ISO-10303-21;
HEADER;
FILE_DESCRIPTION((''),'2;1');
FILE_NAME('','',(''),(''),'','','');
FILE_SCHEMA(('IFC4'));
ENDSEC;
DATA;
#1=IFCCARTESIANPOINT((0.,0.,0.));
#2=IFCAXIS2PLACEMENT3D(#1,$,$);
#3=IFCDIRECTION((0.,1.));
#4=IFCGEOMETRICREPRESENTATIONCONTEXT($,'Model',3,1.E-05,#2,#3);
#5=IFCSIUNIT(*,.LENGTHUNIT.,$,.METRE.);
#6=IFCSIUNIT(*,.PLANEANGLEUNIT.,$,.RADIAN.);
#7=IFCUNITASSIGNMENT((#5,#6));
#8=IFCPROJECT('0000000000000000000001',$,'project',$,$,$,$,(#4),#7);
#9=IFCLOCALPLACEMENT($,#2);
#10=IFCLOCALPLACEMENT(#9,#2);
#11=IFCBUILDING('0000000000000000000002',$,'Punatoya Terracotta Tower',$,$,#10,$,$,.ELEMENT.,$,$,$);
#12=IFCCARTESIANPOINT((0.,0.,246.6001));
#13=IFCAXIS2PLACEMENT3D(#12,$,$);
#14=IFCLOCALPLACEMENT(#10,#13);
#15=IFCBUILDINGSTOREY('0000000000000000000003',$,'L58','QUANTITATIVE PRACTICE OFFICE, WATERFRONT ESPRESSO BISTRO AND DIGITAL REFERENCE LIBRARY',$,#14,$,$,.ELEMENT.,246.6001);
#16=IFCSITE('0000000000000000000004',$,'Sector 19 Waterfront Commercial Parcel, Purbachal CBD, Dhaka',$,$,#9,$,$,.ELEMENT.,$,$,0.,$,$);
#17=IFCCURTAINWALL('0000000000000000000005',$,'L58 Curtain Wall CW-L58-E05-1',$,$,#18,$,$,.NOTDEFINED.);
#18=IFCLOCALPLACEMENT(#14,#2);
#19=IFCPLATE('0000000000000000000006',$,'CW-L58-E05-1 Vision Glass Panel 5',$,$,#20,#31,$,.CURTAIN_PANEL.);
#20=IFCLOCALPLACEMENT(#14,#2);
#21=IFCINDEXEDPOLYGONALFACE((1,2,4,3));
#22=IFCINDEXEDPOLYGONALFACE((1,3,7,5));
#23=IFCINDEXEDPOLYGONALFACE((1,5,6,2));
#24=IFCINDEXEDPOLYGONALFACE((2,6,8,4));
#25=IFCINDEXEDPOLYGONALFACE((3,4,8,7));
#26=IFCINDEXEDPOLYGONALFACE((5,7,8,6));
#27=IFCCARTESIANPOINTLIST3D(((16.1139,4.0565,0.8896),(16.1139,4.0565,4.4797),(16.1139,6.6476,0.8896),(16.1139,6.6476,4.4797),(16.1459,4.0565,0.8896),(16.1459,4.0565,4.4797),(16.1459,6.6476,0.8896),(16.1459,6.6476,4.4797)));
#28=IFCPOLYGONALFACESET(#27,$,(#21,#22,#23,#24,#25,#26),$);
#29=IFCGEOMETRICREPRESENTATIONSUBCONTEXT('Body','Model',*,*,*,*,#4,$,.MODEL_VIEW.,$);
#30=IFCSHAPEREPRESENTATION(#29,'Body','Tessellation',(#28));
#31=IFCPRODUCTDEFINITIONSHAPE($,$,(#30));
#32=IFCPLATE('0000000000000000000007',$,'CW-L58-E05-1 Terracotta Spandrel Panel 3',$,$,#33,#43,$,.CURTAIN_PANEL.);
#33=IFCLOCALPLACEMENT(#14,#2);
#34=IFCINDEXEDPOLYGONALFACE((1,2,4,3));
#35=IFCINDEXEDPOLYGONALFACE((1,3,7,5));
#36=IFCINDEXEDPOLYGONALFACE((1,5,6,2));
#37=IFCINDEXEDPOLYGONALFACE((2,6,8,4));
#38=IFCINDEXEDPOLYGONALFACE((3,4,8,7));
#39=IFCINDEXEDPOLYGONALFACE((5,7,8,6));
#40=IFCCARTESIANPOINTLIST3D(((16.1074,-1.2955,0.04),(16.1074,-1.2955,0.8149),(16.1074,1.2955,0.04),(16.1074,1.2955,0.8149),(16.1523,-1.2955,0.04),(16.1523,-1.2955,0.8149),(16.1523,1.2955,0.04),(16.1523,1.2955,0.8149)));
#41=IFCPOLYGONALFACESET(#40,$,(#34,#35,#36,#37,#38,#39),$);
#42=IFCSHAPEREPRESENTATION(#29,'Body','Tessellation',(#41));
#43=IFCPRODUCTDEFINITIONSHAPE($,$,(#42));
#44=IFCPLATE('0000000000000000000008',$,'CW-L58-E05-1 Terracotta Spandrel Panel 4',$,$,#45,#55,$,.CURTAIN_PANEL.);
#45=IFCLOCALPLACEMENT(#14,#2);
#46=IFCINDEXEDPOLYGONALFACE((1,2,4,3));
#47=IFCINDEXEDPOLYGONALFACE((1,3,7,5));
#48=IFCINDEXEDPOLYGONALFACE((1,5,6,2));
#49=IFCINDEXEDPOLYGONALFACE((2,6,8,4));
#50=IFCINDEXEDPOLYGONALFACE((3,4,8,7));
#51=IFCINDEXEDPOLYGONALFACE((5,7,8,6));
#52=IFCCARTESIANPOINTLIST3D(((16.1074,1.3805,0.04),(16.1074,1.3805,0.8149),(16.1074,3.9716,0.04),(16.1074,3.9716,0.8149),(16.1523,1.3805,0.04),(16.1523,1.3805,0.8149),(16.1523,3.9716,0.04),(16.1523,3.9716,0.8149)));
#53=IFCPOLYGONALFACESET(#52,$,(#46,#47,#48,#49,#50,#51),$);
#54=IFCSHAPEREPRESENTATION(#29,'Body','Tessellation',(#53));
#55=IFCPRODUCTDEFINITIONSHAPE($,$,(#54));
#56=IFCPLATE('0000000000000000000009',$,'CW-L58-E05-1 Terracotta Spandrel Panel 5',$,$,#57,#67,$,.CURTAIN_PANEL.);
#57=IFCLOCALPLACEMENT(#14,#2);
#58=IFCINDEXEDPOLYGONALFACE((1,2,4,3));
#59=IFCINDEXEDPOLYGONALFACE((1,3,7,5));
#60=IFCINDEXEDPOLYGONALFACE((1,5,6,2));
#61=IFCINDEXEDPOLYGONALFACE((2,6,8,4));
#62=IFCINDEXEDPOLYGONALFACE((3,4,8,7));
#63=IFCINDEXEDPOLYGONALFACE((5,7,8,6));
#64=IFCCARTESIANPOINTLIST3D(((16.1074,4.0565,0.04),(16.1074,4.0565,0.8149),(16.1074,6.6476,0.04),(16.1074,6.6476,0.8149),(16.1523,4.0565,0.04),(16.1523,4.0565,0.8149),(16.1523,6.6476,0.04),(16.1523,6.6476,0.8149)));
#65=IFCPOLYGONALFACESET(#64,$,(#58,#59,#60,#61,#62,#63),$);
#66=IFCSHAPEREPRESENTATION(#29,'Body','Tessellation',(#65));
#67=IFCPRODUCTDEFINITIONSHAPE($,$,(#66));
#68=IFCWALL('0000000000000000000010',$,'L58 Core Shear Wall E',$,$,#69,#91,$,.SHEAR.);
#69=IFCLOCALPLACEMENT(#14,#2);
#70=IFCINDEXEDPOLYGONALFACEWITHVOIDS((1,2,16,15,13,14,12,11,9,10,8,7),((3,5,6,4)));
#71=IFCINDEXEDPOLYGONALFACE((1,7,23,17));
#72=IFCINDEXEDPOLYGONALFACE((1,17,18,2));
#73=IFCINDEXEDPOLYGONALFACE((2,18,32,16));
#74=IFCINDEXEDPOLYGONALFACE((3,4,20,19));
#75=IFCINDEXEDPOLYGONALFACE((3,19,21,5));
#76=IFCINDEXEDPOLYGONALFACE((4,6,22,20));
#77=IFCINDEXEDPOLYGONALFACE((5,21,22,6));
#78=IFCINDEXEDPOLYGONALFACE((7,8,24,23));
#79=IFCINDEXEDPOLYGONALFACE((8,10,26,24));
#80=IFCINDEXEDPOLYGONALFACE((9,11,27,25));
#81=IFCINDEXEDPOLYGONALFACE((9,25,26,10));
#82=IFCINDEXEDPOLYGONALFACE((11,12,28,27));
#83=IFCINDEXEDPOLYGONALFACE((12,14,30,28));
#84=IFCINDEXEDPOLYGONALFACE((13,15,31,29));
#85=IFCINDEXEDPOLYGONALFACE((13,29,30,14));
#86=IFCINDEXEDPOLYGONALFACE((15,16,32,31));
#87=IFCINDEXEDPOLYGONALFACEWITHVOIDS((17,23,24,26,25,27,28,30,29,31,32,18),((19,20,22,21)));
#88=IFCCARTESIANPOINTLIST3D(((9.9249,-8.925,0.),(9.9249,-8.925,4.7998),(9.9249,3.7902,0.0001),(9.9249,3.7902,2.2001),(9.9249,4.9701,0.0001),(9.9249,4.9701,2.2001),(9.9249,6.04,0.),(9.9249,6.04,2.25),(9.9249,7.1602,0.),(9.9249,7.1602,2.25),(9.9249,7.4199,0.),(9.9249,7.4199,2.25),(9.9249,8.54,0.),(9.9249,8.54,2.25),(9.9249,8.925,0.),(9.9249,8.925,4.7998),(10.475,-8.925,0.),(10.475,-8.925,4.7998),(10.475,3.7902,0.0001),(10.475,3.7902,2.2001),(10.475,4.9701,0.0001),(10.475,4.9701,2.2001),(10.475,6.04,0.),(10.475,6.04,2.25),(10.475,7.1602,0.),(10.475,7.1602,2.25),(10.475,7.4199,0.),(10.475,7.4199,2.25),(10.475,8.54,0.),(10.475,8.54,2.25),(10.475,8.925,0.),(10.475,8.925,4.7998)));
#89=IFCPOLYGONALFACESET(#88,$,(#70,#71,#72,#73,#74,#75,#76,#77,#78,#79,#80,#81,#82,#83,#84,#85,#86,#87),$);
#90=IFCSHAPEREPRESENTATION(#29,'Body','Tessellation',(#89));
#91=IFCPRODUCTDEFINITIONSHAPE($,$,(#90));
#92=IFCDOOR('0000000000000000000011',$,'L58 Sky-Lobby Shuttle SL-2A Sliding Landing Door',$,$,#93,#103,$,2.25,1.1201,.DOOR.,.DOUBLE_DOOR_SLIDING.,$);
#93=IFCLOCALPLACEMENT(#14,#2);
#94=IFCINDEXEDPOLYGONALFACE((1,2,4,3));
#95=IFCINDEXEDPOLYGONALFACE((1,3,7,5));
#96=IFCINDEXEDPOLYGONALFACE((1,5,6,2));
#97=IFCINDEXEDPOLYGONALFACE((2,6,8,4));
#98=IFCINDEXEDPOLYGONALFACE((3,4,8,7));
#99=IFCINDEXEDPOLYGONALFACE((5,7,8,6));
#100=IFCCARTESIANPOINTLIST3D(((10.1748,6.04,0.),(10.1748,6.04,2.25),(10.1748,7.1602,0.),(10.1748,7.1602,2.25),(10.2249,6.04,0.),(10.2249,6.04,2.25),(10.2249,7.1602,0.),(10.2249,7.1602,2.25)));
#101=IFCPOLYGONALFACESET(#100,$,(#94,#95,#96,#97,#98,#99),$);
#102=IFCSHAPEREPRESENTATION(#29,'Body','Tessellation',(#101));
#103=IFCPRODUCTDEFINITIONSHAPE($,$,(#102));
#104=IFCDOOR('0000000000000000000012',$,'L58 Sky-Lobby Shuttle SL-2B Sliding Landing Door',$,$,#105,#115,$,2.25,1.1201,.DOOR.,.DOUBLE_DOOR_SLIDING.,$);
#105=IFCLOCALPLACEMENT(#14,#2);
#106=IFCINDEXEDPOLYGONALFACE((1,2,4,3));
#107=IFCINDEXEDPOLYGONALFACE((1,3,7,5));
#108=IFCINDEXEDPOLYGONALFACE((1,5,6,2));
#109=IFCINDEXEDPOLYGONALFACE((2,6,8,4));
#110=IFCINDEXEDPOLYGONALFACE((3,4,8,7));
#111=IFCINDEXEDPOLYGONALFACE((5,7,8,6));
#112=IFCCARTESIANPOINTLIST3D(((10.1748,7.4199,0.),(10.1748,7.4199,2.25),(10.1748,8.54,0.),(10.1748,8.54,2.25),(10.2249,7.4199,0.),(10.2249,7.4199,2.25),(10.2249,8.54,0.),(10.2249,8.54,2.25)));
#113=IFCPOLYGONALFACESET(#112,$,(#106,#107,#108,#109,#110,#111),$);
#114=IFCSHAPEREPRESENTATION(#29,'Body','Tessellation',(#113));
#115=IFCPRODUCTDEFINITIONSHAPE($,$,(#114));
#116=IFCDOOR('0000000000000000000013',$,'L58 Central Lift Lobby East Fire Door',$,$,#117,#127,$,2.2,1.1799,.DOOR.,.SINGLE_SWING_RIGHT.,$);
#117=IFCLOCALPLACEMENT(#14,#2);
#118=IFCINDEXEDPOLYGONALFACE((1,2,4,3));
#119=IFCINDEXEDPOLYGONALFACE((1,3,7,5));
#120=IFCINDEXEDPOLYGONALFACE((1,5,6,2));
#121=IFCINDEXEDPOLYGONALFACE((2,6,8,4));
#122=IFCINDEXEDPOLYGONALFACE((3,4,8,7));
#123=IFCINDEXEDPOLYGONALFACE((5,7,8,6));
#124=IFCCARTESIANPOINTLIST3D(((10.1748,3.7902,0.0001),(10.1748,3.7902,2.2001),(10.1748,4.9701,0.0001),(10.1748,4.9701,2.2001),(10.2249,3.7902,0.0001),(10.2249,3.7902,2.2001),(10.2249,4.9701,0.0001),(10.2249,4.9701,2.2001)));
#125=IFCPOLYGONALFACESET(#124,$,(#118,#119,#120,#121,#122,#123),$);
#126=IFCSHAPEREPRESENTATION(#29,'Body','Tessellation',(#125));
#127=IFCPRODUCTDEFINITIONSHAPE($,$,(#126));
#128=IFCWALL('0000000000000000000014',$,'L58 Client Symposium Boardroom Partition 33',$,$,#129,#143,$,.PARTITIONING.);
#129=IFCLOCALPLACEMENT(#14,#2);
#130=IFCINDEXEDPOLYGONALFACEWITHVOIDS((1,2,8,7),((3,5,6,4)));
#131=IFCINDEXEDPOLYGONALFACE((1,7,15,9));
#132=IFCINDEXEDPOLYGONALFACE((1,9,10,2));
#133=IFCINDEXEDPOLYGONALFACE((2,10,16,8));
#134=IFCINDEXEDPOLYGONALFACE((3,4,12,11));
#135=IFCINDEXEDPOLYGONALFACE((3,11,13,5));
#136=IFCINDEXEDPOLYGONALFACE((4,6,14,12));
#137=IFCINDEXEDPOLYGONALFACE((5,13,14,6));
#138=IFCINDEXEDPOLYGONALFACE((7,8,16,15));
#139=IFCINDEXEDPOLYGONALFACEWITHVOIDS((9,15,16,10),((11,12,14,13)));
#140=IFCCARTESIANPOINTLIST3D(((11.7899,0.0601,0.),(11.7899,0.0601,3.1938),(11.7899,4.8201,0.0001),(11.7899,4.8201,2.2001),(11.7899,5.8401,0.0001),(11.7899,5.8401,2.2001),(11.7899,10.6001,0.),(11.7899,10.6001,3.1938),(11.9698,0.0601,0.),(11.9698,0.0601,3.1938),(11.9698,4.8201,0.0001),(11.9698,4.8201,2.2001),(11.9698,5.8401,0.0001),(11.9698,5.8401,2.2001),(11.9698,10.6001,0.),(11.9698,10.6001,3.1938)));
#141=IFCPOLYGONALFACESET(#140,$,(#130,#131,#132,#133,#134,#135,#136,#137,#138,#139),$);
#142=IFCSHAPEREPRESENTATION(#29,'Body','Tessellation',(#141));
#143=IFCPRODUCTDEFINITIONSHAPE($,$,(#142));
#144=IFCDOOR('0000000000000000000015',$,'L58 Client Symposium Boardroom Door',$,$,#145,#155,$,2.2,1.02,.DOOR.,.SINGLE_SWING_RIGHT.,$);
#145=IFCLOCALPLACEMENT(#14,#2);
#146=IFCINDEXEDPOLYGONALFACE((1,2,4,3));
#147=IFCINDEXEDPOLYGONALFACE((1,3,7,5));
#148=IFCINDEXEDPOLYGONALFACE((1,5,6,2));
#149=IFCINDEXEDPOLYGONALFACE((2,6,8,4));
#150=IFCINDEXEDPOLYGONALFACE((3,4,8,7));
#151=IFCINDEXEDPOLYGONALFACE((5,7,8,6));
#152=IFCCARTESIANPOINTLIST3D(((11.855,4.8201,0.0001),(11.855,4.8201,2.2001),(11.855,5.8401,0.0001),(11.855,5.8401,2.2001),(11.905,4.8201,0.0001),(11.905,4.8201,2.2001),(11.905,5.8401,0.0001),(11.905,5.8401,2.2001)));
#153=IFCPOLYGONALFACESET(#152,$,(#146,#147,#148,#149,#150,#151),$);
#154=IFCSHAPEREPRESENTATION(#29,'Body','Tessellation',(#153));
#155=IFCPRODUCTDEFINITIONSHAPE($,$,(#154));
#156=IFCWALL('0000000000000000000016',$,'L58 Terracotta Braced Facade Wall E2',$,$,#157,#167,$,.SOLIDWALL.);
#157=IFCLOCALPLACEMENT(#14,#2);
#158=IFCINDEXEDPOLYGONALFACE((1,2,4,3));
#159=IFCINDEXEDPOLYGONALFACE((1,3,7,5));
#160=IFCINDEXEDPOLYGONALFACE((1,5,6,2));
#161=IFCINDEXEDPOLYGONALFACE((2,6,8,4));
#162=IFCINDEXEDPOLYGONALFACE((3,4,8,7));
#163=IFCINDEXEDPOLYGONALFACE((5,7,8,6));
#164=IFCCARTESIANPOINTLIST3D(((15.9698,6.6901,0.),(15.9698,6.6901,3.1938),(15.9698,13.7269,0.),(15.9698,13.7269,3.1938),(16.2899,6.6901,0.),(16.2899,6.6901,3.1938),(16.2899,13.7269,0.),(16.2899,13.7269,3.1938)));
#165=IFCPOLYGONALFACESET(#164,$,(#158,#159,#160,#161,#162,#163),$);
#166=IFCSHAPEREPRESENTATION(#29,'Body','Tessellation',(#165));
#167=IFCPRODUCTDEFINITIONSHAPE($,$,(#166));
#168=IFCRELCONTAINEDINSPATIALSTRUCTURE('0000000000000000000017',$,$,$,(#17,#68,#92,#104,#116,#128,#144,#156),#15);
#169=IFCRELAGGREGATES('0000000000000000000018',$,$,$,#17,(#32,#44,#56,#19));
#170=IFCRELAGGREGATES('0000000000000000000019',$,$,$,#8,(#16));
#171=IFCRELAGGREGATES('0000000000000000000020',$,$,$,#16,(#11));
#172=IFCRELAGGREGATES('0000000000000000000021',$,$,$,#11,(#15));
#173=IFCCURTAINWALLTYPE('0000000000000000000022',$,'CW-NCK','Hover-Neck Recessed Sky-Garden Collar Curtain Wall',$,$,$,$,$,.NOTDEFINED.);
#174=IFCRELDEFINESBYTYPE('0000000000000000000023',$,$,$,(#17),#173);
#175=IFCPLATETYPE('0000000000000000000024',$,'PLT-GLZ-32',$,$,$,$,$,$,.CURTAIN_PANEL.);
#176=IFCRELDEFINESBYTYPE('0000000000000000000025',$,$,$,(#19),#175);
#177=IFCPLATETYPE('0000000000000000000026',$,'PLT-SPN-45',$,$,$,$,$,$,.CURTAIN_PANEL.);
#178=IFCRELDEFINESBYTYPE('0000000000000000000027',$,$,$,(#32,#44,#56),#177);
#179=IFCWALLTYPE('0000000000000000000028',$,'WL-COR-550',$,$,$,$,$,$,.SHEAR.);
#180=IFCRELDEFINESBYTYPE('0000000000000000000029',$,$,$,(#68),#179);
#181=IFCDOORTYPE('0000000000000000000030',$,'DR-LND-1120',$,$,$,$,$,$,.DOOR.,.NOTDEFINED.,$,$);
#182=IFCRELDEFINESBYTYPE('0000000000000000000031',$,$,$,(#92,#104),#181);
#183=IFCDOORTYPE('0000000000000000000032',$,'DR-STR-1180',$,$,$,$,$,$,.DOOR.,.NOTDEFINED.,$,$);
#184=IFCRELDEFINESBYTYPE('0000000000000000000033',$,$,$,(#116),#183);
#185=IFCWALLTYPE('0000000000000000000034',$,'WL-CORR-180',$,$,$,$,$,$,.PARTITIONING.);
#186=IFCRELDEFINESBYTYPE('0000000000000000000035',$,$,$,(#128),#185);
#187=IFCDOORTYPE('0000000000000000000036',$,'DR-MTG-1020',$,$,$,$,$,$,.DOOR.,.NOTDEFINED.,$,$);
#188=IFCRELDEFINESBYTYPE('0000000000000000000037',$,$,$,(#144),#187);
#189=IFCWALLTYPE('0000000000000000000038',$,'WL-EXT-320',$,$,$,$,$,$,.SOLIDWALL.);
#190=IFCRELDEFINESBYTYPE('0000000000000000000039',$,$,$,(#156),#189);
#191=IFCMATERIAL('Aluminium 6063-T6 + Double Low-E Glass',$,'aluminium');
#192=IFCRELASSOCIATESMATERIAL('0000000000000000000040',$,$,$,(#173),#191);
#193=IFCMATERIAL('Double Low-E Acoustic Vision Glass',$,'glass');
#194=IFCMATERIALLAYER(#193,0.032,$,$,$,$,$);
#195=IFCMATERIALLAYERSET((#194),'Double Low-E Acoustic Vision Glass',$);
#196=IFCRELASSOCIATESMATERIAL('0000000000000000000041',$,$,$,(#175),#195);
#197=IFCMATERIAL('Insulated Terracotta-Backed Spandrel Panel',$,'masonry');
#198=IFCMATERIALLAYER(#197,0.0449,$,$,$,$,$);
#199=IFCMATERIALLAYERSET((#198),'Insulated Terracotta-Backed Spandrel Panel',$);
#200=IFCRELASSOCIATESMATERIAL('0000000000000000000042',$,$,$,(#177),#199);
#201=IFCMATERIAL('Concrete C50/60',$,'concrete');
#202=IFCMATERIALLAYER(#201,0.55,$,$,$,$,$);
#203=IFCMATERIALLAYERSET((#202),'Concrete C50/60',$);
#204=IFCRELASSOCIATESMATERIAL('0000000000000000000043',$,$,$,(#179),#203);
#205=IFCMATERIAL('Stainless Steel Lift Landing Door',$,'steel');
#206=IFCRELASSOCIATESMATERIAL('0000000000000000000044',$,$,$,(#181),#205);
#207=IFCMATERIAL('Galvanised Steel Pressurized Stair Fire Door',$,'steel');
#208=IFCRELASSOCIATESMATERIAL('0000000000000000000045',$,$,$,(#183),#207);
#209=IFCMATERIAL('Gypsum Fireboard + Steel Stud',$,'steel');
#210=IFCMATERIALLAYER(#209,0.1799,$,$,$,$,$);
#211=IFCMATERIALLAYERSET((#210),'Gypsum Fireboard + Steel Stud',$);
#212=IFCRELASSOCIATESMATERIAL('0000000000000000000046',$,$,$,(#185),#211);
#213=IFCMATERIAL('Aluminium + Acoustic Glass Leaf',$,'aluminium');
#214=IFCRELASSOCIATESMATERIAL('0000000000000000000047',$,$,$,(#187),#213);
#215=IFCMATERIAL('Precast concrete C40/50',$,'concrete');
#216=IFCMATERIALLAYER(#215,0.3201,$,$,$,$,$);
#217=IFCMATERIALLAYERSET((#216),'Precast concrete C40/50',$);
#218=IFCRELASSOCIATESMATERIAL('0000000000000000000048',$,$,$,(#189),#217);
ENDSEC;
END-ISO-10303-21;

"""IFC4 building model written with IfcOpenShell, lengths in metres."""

from ifc_helpers import new_model, si_unit, direction, frame, frame_2d, origin, origin_2d, place, context, subcontext, project, spatial, rectangle, extrude, material, layer, layer_set, type_object, element, fill, aggregate, save


model = new_model("IFC4")

# Units and contexts
model_context = context("Model", 3, precision=1e-05, world=origin(), true_north=direction((0.0, 1.0)))
body_context = subcontext(model_context, "Body", "Model", "MODEL_VIEW")
ifc_project = project(units=[si_unit("LENGTHUNIT", "METRE"), si_unit("PLANEANGLEUNIT", "RADIAN")], contexts=[model_context])

# Site, building, storey
site_placement = place(None, origin())
site = spatial("IfcSite", under=ifc_project, at=site_placement, Name="Sector 19 Waterfront Commercial Parcel, Purbachal CBD, Dhaka", CompositionType="ELEMENT", RefElevation=0.0)
building_placement = place(site_placement, origin())
building = spatial("IfcBuilding", under=site, at=building_placement, Name="Punatoya Terracotta Tower", CompositionType="ELEMENT")
storey_placement = place(building_placement, frame((0.0, 0.0, 246.6001)))
storey = spatial("IfcBuildingStorey", under=building, at=storey_placement, Name="L58", Description="QUANTITATIVE PRACTICE OFFICE, WATERFRONT ESPRESSO BISTRO AND DIGITAL REFERENCE LIBRARY", CompositionType="ELEMENT", Elevation=246.6001)

# Curtain wall, plates
ifc_material_1 = material(Name="Aluminium 6063-T6 + Double Low-E Glass", Category="aluminium")
curtain_wall_type = type_object("IfcCurtainWallType", Name="CW-NCK", Description="Hover-Neck Recessed Sky-Garden Collar Curtain Wall", PredefinedType="NOTDEFINED", material=ifc_material_1)
curtain_wall_placement = place(storey_placement, origin())
curtain_wall = element("IfcCurtainWall", 1, at=curtain_wall_placement, inside=storey, type_object=curtain_wall_type, Name="L58 Curtain Wall CW-L58-E05-1", PredefinedType="NOTDEFINED")
ifc_material_2 = material(Name="Double Low-E Acoustic Vision Glass", Category="glass")
ifc_layer_1 = layer(ifc_material_2, 0.032)
ifc_layer_set_1 = layer_set([ifc_layer_1], Name="Double Low-E Acoustic Vision Glass")
plate_type_1 = type_object("IfcPlateType", Name="PLT-GLZ-32", PredefinedType="CURTAIN_PANEL", material=ifc_layer_set_1)
plate_1_placement = place(storey_placement, frame((16.1299, 5.3521, 0.8896), z_axis=(0.0, 0.0, 1.0), x_axis=(0.0, 1.0, 0.0)))
plate_1 = element("IfcPlate", 2, at=plate_1_placement, type_object=plate_type_1, Name="CW-L58-E05-1 Vision Glass Panel 5", PredefinedType="CURTAIN_PANEL", context=body_context, shape_type="SweptSolid", body=[
    extrude(rectangle(XDim=2.5911, YDim=0.032, at=origin_2d()), origin(), (0.0, 0.0, 1.0), 3.5901),
])
ifc_material_3 = material(Name="Insulated Terracotta-Backed Spandrel Panel", Category="masonry")
ifc_layer_2 = layer(ifc_material_3, 0.0449)
ifc_layer_set_2 = layer_set([ifc_layer_2], Name="Insulated Terracotta-Backed Spandrel Panel")
plate_type_2 = type_object("IfcPlateType", Name="PLT-SPN-45", PredefinedType="CURTAIN_PANEL", material=ifc_layer_set_2)
plate_2_placement = place(storey_placement, frame((16.1299, 0.0, 0.04), z_axis=(0.0, 0.0, 1.0), x_axis=(0.0, 1.0, 0.0)))
plate_2 = element("IfcPlate", 3, at=plate_2_placement, type_object=plate_type_2, Name="CW-L58-E05-1 Terracotta Spandrel Panel 3", PredefinedType="CURTAIN_PANEL", context=body_context, shape_type="SweptSolid", body=[
    extrude(rectangle(XDim=2.5911, YDim=0.0449, at=origin_2d()), origin(), (0.0, 0.0, 1.0), 0.7749),
])
plate_3_placement = place(storey_placement, frame((16.1299, 2.676, 0.04), z_axis=(0.0, 0.0, 1.0), x_axis=(0.0, 1.0, 0.0)))
plate_3 = element("IfcPlate", 4, at=plate_3_placement, type_object=plate_type_2, Name="CW-L58-E05-1 Terracotta Spandrel Panel 4", PredefinedType="CURTAIN_PANEL", context=body_context, shape_type="SweptSolid", body=[
    extrude(rectangle(XDim=2.5911, YDim=0.0449, at=origin_2d()), origin(), (0.0, 0.0, 1.0), 0.7749),
])
plate_4_placement = place(storey_placement, frame((16.1299, 5.3521, 0.04), z_axis=(0.0, 0.0, 1.0), x_axis=(0.0, 1.0, 0.0)))
plate_4 = element("IfcPlate", 5, at=plate_4_placement, type_object=plate_type_2, Name="CW-L58-E05-1 Terracotta Spandrel Panel 5", PredefinedType="CURTAIN_PANEL", context=body_context, shape_type="SweptSolid", body=[
    extrude(rectangle(XDim=2.5911, YDim=0.0449, at=origin_2d()), origin(), (0.0, 0.0, 1.0), 0.7749),
])
aggregate(curtain_wall, [plate_2, plate_3, plate_4, plate_1])

# Wall, openings, doors
ifc_material_4 = material(Name="Concrete C50/60", Category="concrete")
ifc_layer_3 = layer(ifc_material_4, 0.55)
ifc_layer_set_3 = layer_set([ifc_layer_3], Name="Concrete C50/60")
wall_type_1 = type_object("IfcWallType", Name="WL-COR-550", PredefinedType="SHEAR", material=ifc_layer_set_3)
wall_1_placement = place(storey_placement, frame((10.2, 8.925, 0.0), z_axis=(0.0, 0.0, 1.0), x_axis=(0.0, -1.0, 0.0)))
wall_1 = element("IfcWall", 6, at=wall_1_placement, inside=storey, type_object=wall_type_1, Name="L58 Core Shear Wall E", PredefinedType="SHEAR", context=body_context, shape_type="SweptSolid", body=[
    extrude(rectangle(XDim=17.8501, YDim=0.55, at=frame_2d((8.925, 0.0))), origin(), (0.0, 0.0, 1.0), 4.7998),
])
opening_1_placement = place(wall_1_placement, frame((3.9551, 0.0, 0.0)))
opening_1 = element("IfcOpeningElement", 7, at=opening_1_placement, cuts=wall_1, PredefinedType="OPENING", context=body_context, shape_type="SweptSolid", body=[
    extrude(rectangle(XDim=1.1799, YDim=2.2, at=frame_2d((0.5898, 1.1001))), frame((0.0, 0.2849, 0.0), z_axis=(0.0, -1.0, 0.0), x_axis=(1.0, 0.0, 0.0)), (0.0, 0.0, 1.0), 0.5701),
])
opening_2_placement = place(wall_1_placement, frame((1.7649, 0.0, 0.0)))
opening_2 = element("IfcOpeningElement", 8, at=opening_2_placement, cuts=wall_1, PredefinedType="OPENING", context=body_context, shape_type="SweptSolid", body=[
    extrude(rectangle(XDim=1.1201, YDim=2.25, at=frame_2d((0.5601, 1.125))), frame((0.0, 0.2849, 0.0), z_axis=(0.0, -1.0, 0.0), x_axis=(1.0, 0.0, 0.0)), (0.0, 0.0, 1.0), 0.5701),
])
opening_3_placement = place(wall_1_placement, frame((0.385, 0.0, 0.0)))
opening_3 = element("IfcOpeningElement", 9, at=opening_3_placement, cuts=wall_1, PredefinedType="OPENING", context=body_context, shape_type="SweptSolid", body=[
    extrude(rectangle(XDim=1.1201, YDim=2.25, at=frame_2d((0.5601, 1.125))), frame((0.0, 0.2849, 0.0), z_axis=(0.0, -1.0, 0.0), x_axis=(1.0, 0.0, 0.0)), (0.0, 0.0, 1.0), 0.5701),
])
ifc_material_5 = material(Name="Stainless Steel Lift Landing Door", Category="steel")
door_type_1 = type_object("IfcDoorType", Name="DR-LND-1120", OperationType="NOTDEFINED", PredefinedType="DOOR", material=ifc_material_5)
door_1_placement = place(opening_2_placement, origin())
door_1 = element("IfcDoor", 10, at=door_1_placement, inside=storey, type_object=door_type_1, Name="L58 Sky-Lobby Shuttle SL-2A Sliding Landing Door", OperationType="DOUBLE_DOOR_SLIDING", OverallHeight=2.25, OverallWidth=1.1201, PredefinedType="DOOR", context=body_context, shape_type="SweptSolid", body=[
    extrude(rectangle(XDim=1.1201, YDim=2.25, at=frame_2d((0.5601, 1.125))), frame((0.0, 0.0249, 0.0), z_axis=(0.0, -1.0, 0.0), x_axis=(1.0, 0.0, 0.0)), (0.0, 0.0, 1.0), 0.05),
])
fill(opening_2, door_1)
door_2_placement = place(opening_3_placement, origin())
door_2 = element("IfcDoor", 11, at=door_2_placement, inside=storey, type_object=door_type_1, Name="L58 Sky-Lobby Shuttle SL-2B Sliding Landing Door", OperationType="DOUBLE_DOOR_SLIDING", OverallHeight=2.25, OverallWidth=1.1201, PredefinedType="DOOR", context=body_context, shape_type="SweptSolid", body=[
    extrude(rectangle(XDim=1.1201, YDim=2.25, at=frame_2d((0.5601, 1.125))), frame((0.0, 0.0249, 0.0), z_axis=(0.0, -1.0, 0.0), x_axis=(1.0, 0.0, 0.0)), (0.0, 0.0, 1.0), 0.05),
])
fill(opening_3, door_2)
ifc_material_6 = material(Name="Galvanised Steel Pressurized Stair Fire Door", Category="steel")
door_type_2 = type_object("IfcDoorType", Name="DR-STR-1180", OperationType="NOTDEFINED", PredefinedType="DOOR", material=ifc_material_6)
door_3_placement = place(opening_1_placement, origin())
door_3 = element("IfcDoor", 12, at=door_3_placement, inside=storey, type_object=door_type_2, Name="L58 Central Lift Lobby East Fire Door", OperationType="SINGLE_SWING_RIGHT", OverallHeight=2.2, OverallWidth=1.1799, PredefinedType="DOOR", context=body_context, shape_type="SweptSolid", body=[
    extrude(rectangle(XDim=1.1799, YDim=2.2, at=frame_2d((0.5898, 1.1001))), frame((0.0, 0.0249, 0.0), z_axis=(0.0, -1.0, 0.0), x_axis=(1.0, 0.0, 0.0)), (0.0, 0.0, 1.0), 0.05),
])
fill(opening_1, door_3)

# Wall, opening, door
ifc_material_7 = material(Name="Gypsum Fireboard + Steel Stud", Category="steel")
ifc_layer_4 = layer(ifc_material_7, 0.1799)
ifc_layer_set_4 = layer_set([ifc_layer_4], Name="Gypsum Fireboard + Steel Stud")
wall_type_2 = type_object("IfcWallType", Name="WL-CORR-180", PredefinedType="PARTITIONING", material=ifc_layer_set_4)
wall_2_placement = place(storey_placement, frame((11.8799, 0.0601, 0.0), z_axis=(0.0, 0.0, 1.0), x_axis=(0.0, 1.0, 0.0)))
wall_2 = element("IfcWall", 13, at=wall_2_placement, inside=storey, type_object=wall_type_2, Name="L58 Client Symposium Boardroom Partition 33", PredefinedType="PARTITIONING", context=body_context, shape_type="SweptSolid", body=[
    extrude(rectangle(XDim=10.54, YDim=0.1799, at=frame_2d((5.27, 0.0))), origin(), (0.0, 0.0, 1.0), 3.1938),
])
opening_4_placement = place(wall_2_placement, frame((4.76, 0.0, 0.0)))
opening_4 = element("IfcOpeningElement", 14, at=opening_4_placement, cuts=wall_2, PredefinedType="OPENING", context=body_context, shape_type="SweptSolid", body=[
    extrude(rectangle(XDim=1.02, YDim=2.2, at=frame_2d((0.51, 1.1001))), frame((0.0, 0.0999, 0.0), z_axis=(0.0, -1.0, 0.0), x_axis=(1.0, 0.0, 0.0)), (0.0, 0.0, 1.0), 0.2),
])
ifc_material_8 = material(Name="Aluminium + Acoustic Glass Leaf", Category="aluminium")
door_type_3 = type_object("IfcDoorType", Name="DR-MTG-1020", OperationType="NOTDEFINED", PredefinedType="DOOR", material=ifc_material_8)
door_4_placement = place(opening_4_placement, origin())
door_4 = element("IfcDoor", 15, at=door_4_placement, inside=storey, type_object=door_type_3, Name="L58 Client Symposium Boardroom Door", OperationType="SINGLE_SWING_RIGHT", OverallHeight=2.2, OverallWidth=1.02, PredefinedType="DOOR", context=body_context, shape_type="SweptSolid", body=[
    extrude(rectangle(XDim=1.02, YDim=2.2, at=frame_2d((0.51, 1.1001))), frame((0.0, 0.0249, 0.0), z_axis=(0.0, -1.0, 0.0), x_axis=(1.0, 0.0, 0.0)), (0.0, 0.0, 1.0), 0.05),
])
fill(opening_4, door_4)

# Wall
ifc_material_9 = material(Name="Precast concrete C40/50", Category="concrete")
ifc_layer_5 = layer(ifc_material_9, 0.3201)
ifc_layer_set_5 = layer_set([ifc_layer_5], Name="Precast concrete C40/50")
wall_type_3 = type_object("IfcWallType", Name="WL-EXT-320", PredefinedType="SOLIDWALL", material=ifc_layer_set_5)
wall_3_placement = place(storey_placement, frame((16.1299, 6.6899, 0.0), z_axis=(0.0, 0.0, 1.0), x_axis=(0.0, 1.0, 0.0)))
element("IfcWall", 16, at=wall_3_placement, inside=storey, type_object=wall_type_3, Name="L58 Terracotta Braced Facade Wall E2", PredefinedType="SOLIDWALL", context=body_context, shape_type="SweptSolid", body=[
    extrude(rectangle(XDim=7.0369, YDim=0.3201, at=frame_2d((3.5186, 0.0))), origin(), (0.0, 0.0, 1.0), 3.1938),
])

save(model, "model.ifc")
